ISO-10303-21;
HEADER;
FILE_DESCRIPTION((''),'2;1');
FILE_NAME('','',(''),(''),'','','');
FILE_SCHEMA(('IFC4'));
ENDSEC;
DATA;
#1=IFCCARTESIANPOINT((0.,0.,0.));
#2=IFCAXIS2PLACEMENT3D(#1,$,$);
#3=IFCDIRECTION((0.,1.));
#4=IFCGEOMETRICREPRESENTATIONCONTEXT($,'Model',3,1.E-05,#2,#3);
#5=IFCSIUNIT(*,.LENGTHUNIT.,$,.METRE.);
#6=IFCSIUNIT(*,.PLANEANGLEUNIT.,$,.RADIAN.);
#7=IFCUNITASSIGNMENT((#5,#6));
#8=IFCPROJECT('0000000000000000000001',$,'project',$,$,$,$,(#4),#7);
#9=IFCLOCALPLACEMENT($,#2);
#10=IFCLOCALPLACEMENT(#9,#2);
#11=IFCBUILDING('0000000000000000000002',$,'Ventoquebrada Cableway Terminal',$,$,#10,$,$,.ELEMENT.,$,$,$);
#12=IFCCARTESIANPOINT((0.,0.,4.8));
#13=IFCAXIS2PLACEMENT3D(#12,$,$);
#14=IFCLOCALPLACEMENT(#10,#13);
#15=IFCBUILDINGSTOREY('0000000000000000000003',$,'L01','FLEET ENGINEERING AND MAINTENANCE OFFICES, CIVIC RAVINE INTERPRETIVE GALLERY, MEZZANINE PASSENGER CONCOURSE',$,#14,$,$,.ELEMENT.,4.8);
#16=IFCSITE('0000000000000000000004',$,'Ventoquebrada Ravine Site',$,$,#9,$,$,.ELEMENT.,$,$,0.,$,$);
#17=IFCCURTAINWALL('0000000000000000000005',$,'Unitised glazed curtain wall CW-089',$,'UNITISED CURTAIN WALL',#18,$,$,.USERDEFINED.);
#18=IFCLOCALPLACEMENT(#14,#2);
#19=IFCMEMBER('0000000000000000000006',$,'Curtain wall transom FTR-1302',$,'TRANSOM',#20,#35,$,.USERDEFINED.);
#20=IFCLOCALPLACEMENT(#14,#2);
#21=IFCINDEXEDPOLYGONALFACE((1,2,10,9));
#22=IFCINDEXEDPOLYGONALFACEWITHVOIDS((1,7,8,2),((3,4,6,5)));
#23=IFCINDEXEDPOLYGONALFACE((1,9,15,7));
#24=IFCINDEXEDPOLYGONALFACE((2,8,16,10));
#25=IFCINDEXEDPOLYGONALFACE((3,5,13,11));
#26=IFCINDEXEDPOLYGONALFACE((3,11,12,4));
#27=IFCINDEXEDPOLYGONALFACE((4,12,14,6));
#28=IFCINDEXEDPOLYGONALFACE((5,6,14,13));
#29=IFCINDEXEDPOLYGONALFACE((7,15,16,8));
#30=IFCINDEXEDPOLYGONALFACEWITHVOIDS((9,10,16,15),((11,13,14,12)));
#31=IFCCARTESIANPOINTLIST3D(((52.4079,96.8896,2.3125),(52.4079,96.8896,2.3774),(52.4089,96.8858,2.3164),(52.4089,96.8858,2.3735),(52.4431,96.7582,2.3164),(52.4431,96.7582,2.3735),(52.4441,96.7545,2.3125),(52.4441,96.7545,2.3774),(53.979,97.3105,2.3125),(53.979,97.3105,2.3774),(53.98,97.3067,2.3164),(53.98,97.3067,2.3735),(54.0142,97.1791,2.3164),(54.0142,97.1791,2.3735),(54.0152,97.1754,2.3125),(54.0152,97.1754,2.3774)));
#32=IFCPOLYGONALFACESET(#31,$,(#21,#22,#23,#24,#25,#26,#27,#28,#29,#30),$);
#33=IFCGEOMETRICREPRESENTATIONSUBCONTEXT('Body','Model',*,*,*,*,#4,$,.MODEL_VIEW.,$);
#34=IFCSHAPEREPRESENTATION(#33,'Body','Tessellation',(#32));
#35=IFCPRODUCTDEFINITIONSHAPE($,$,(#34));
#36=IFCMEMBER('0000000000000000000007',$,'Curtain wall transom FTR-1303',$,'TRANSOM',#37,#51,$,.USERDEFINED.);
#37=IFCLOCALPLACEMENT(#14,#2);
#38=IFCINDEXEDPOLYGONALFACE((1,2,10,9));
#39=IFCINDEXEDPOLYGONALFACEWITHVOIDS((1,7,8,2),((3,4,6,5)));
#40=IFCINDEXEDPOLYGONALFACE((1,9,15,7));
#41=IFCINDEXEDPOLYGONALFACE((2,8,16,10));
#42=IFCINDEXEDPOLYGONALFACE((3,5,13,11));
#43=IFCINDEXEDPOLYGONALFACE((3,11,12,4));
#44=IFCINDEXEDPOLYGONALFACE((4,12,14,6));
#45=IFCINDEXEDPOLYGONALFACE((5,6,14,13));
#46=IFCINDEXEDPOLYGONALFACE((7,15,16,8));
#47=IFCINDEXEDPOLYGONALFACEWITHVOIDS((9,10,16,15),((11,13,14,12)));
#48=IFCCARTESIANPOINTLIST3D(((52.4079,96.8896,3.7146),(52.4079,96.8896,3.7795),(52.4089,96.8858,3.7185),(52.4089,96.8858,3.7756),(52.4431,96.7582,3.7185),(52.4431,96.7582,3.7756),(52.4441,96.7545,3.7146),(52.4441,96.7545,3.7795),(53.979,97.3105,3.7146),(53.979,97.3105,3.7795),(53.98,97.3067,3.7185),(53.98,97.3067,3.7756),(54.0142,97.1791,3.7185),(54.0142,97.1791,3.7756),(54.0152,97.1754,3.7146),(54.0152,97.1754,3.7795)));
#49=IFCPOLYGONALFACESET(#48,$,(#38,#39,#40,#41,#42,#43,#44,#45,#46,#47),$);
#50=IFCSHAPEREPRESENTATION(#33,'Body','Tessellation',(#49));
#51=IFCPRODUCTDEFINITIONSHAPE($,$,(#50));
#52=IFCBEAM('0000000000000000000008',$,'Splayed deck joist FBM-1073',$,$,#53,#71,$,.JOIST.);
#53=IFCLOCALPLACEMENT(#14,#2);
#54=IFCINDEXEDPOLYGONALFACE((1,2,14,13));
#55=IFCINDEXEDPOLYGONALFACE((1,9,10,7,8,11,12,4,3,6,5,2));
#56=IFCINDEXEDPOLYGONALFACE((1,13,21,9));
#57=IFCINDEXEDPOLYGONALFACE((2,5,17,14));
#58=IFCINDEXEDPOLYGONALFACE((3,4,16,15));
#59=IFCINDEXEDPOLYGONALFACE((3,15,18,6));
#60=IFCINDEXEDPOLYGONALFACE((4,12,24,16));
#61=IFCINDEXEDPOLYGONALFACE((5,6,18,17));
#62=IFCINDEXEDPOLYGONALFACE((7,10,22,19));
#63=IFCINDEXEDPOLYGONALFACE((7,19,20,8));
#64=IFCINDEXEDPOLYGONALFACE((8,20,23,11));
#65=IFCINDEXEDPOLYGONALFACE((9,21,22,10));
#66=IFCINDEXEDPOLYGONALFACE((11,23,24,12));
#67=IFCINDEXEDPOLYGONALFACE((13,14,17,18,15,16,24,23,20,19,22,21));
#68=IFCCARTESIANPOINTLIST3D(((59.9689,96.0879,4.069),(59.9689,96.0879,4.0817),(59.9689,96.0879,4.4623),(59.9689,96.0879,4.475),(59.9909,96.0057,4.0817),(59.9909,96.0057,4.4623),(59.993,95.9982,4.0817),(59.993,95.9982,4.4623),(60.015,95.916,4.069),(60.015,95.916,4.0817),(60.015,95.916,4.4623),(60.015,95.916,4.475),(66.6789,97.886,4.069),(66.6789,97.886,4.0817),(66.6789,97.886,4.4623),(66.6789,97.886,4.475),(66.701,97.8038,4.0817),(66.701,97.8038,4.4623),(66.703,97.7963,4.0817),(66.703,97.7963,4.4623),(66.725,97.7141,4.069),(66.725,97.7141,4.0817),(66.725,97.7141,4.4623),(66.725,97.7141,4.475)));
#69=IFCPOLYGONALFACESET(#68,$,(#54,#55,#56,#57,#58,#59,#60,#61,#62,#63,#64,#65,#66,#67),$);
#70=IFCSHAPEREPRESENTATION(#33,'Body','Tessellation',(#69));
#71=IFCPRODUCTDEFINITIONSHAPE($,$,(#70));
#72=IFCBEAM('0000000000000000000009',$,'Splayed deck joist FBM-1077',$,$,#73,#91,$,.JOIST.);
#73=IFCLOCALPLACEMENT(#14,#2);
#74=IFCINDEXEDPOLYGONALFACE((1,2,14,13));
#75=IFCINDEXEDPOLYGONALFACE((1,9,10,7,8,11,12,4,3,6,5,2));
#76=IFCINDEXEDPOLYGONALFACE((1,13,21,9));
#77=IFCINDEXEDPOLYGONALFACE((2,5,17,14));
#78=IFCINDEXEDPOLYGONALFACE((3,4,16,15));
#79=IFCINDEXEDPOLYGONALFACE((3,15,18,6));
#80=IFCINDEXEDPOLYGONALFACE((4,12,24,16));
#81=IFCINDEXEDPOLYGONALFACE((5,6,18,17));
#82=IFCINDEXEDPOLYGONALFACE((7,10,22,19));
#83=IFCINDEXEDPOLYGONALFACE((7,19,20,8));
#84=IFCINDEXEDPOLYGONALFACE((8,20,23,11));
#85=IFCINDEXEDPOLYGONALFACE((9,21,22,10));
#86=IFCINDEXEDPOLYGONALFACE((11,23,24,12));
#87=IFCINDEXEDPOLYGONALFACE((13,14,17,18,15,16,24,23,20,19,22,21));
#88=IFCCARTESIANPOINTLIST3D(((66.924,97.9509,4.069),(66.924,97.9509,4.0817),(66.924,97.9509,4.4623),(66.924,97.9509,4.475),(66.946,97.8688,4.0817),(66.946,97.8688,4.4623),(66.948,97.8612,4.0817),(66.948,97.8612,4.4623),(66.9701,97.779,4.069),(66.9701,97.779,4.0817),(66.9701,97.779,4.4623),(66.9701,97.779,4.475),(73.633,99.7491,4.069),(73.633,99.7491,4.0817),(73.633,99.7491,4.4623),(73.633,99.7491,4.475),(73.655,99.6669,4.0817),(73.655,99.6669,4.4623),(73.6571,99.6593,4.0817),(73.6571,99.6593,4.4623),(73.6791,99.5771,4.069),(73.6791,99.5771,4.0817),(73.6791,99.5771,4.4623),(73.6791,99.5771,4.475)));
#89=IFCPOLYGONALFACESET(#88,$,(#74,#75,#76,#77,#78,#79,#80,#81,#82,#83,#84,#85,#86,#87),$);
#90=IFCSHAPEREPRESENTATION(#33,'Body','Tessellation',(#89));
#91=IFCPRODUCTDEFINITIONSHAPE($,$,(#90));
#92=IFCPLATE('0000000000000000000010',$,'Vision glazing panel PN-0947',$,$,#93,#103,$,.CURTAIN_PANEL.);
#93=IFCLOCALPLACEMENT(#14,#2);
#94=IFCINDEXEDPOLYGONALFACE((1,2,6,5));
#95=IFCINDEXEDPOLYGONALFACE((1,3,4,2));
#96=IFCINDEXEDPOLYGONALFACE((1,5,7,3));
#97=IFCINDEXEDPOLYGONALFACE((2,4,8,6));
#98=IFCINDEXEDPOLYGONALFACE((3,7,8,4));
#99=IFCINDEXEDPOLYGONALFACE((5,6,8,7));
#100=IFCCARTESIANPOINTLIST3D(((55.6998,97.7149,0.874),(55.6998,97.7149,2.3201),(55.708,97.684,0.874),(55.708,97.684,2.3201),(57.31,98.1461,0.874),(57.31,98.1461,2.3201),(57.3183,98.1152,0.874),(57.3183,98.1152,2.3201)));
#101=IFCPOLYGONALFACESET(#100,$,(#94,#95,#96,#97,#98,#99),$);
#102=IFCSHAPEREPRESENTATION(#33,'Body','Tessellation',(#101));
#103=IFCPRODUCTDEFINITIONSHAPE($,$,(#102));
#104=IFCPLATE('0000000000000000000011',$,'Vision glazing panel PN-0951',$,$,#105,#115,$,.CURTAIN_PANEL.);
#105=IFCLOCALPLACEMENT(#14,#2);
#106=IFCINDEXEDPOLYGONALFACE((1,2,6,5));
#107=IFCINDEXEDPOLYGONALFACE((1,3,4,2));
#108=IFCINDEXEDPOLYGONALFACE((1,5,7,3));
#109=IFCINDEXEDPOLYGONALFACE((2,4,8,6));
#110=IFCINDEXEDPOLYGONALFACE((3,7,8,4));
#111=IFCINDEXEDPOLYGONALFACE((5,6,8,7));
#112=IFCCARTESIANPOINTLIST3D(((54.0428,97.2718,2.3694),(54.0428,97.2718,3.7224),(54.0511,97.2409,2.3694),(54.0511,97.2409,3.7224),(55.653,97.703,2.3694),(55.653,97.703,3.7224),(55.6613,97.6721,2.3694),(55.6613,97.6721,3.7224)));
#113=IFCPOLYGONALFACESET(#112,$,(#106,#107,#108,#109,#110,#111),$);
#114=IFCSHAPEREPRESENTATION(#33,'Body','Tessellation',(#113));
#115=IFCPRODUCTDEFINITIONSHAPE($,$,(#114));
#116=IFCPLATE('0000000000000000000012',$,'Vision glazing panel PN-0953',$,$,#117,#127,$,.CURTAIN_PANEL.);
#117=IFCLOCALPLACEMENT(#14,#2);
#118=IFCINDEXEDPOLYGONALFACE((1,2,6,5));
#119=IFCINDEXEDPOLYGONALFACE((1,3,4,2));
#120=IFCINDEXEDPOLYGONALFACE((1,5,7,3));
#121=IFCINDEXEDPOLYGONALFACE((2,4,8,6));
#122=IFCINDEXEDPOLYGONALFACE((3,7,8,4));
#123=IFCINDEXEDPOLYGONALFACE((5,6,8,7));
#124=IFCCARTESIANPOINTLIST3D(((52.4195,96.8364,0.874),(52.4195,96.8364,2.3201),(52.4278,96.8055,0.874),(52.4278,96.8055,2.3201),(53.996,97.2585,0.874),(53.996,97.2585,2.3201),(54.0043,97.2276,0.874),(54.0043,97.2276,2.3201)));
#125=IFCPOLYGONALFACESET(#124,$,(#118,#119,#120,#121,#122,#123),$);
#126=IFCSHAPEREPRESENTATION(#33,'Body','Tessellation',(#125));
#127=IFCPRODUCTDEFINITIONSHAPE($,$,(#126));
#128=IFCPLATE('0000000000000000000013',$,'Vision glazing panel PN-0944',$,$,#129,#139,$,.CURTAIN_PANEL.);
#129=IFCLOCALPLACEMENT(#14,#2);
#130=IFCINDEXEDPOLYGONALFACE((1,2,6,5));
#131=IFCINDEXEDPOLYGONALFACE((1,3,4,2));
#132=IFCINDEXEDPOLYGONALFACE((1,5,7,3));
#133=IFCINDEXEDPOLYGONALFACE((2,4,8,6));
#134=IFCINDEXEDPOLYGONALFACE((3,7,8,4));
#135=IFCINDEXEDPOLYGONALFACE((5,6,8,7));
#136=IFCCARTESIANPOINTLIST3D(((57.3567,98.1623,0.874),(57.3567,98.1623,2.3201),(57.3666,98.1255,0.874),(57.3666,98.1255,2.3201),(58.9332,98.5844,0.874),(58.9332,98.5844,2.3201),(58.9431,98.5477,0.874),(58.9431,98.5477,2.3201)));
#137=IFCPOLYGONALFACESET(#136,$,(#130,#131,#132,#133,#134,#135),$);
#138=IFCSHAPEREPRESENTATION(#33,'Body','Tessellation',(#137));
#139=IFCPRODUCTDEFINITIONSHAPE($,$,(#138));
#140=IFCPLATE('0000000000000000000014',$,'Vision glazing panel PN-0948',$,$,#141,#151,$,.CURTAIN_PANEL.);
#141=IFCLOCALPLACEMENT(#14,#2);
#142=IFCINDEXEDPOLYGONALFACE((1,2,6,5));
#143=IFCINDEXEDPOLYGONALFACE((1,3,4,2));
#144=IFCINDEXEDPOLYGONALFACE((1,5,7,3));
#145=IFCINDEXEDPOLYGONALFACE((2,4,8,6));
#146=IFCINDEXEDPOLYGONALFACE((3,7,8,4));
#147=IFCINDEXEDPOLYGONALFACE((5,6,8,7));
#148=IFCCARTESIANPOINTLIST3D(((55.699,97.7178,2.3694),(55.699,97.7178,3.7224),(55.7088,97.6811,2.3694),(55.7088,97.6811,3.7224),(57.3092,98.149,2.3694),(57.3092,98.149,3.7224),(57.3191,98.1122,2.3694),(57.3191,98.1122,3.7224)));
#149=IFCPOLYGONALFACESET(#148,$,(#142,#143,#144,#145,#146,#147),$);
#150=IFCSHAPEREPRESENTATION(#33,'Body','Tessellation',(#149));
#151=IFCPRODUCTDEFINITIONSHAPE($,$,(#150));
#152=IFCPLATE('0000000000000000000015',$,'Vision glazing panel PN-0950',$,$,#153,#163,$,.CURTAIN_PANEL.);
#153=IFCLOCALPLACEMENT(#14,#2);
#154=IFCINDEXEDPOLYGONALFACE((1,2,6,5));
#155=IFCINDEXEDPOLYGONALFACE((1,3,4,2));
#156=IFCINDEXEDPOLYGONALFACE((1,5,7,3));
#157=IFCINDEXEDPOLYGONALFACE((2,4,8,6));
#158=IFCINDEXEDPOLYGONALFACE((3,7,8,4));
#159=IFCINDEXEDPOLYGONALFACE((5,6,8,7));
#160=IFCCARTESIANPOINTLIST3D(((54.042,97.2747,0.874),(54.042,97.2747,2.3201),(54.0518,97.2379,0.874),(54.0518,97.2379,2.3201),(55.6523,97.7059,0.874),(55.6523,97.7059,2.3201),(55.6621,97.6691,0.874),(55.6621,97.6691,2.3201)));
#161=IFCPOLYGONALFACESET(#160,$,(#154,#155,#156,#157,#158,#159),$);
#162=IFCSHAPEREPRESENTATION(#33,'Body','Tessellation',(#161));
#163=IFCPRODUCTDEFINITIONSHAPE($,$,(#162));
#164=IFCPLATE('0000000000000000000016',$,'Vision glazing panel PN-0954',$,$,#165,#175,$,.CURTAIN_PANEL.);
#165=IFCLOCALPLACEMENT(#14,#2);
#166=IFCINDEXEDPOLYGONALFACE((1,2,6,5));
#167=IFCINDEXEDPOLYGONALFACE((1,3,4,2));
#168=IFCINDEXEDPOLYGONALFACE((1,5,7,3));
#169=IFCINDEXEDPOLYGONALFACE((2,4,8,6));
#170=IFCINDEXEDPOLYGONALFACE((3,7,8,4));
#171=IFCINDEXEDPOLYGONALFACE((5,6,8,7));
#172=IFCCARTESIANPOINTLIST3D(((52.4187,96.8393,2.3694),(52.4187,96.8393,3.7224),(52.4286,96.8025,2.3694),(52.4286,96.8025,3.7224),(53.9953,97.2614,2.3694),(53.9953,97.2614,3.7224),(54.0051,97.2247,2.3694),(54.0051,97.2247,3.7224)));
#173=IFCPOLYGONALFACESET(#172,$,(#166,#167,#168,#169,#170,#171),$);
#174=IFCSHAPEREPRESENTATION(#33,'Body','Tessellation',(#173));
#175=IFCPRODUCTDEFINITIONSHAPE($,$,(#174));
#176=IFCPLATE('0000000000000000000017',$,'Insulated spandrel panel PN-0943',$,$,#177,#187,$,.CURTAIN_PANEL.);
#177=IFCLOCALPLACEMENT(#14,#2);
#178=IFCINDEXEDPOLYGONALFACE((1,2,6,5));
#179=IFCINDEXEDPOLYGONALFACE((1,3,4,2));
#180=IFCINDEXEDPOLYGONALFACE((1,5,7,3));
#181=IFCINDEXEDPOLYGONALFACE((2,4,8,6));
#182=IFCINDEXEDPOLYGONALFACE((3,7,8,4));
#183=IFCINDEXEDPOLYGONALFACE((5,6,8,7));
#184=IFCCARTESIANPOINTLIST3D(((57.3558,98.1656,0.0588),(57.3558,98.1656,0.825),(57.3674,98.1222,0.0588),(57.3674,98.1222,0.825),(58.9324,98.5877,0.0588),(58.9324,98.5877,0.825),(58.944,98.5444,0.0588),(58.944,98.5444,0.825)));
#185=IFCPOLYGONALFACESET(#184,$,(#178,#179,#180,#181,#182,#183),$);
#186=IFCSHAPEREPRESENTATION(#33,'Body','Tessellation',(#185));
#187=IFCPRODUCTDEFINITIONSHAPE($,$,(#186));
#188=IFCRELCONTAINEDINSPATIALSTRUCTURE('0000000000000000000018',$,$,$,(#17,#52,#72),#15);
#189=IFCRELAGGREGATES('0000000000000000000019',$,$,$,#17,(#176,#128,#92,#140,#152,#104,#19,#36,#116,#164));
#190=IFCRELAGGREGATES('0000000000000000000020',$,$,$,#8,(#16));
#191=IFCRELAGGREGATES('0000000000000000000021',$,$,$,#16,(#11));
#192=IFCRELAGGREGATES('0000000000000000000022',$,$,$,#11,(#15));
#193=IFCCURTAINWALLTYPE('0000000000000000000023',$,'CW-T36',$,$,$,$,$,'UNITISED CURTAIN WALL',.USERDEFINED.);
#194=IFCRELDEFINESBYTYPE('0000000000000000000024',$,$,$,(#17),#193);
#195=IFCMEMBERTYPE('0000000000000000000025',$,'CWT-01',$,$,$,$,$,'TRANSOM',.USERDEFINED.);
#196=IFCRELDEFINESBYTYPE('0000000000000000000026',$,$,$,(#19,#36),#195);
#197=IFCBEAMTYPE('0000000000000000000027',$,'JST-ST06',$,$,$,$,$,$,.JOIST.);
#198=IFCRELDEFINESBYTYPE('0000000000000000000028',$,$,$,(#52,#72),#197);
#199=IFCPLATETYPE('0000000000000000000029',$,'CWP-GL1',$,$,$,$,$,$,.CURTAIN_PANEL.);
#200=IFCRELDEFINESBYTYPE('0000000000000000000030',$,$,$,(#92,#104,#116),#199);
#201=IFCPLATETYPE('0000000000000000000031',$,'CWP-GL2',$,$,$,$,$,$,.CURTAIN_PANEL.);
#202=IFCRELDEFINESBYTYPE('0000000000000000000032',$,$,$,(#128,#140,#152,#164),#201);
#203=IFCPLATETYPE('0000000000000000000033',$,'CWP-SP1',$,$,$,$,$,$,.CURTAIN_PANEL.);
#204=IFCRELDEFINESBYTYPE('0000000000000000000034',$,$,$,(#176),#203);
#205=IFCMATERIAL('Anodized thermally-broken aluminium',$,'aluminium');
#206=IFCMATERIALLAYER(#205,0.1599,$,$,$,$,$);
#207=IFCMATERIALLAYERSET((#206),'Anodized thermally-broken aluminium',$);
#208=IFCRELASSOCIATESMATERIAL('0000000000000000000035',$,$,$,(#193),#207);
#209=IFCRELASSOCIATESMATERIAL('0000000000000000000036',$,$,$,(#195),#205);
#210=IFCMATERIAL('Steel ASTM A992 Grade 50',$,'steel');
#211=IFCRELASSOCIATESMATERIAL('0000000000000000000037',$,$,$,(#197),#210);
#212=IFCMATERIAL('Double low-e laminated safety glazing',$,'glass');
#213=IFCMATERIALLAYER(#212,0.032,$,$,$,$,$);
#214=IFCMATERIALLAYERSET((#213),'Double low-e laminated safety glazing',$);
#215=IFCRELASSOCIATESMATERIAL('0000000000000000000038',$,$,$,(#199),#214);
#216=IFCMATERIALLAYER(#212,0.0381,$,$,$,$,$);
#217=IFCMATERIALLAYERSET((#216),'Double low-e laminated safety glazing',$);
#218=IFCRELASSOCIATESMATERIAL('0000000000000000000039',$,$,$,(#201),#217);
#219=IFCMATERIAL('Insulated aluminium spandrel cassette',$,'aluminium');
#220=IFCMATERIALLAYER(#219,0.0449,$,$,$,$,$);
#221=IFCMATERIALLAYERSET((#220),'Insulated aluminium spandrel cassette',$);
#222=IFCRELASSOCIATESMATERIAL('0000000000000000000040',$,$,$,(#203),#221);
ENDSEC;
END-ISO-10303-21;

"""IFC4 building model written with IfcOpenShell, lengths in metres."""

from ifc_helpers import new_model, si_unit, direction, frame, origin, origin_2d, place, context, subcontext, project, spatial, rectangle, hollow_rectangle, i_section, extrude, material, layer, layer_set, material_profile, profile_set, type_object, element, aggregate, save


model = new_model("IFC4")

# Units and contexts
model_context = context("Model", 3, precision=1e-05, world=origin(), true_north=direction((0.0, 1.0)))
body_context = subcontext(model_context, "Body", "Model", "MODEL_VIEW")
ifc_project = project(units=[si_unit("LENGTHUNIT", "METRE"), si_unit("PLANEANGLEUNIT", "RADIAN")], contexts=[model_context])

# Site, building, storey
site_placement = place(None, origin())
site = spatial("IfcSite", under=ifc_project, at=site_placement, Name="Ventoquebrada Ravine Site", CompositionType="ELEMENT", RefElevation=0.0)
building_placement = place(site_placement, origin())
building = spatial("IfcBuilding", under=site, at=building_placement, Name="Ventoquebrada Cableway Terminal", CompositionType="ELEMENT")
storey_placement = place(building_placement, frame((0.0, 0.0, 4.8)))
storey = spatial("IfcBuildingStorey", under=building, at=storey_placement, Name="L01", Description="FLEET ENGINEERING AND MAINTENANCE OFFICES, CIVIC RAVINE INTERPRETIVE GALLERY, MEZZANINE PASSENGER CONCOURSE", CompositionType="ELEMENT", Elevation=4.8)

# Shared definitions
ifc_material_1 = material(Name="Steel ASTM A992 Grade 50", Category="steel")

# Shared definitions
ifc_material_2 = material(Name="Anodized thermally-broken aluminium", Category="aluminium")

# Curtain wall
ifc_layer_1 = layer(ifc_material_2, 0.1599)
ifc_layer_set_1 = layer_set([ifc_layer_1], Name="Anodized thermally-broken aluminium")
curtain_wall_type_1 = type_object("IfcCurtainWallType", Name="CW-T36", ElementType="UNITISED CURTAIN WALL", PredefinedType="USERDEFINED", material=ifc_layer_set_1)
curtain_wall_1_placement = place(storey_placement, origin())
curtain_wall_1 = element("IfcCurtainWall", 1, at=curtain_wall_1_placement, inside=storey, type_object=curtain_wall_type_1, Name="Unitised glazed curtain wall CW-089", ObjectType="UNITISED CURTAIN WALL", PredefinedType="USERDEFINED")

# Members
ifc_material_profile_1 = material_profile(ifc_material_2, hollow_rectangle(XDim=0.0649, YDim=0.1399, WallThickness=0.0039, at=origin_2d()), Name="CW-TRN-65X140")
ifc_profile_set_1 = profile_set([ifc_material_profile_1], Name="Anodized thermally-broken aluminium")
member_type_1 = type_object("IfcMemberType", Name="CWT-01", ElementType="TRANSOM", PredefinedType="USERDEFINED", material=ifc_profile_set_1)
member_1_placement = place(storey_placement, frame((53.9971, 97.2429, 2.345), z_axis=(-0.965935, -0.258784, 0.0), x_axis=(0.0, 0.0, 1.0)))
member_1 = element("IfcMember", 2, at=member_1_placement, type_object=member_type_1, Name="Curtain wall transom FTR-1302", ObjectType="TRANSOM", PredefinedType="USERDEFINED", context=body_context, shape_type="SweptSolid", body=[
    extrude(hollow_rectangle(XDim=0.0649, YDim=0.1399, WallThickness=0.0039, at=origin_2d()), origin(), (0.0, 0.0, 1.0), 1.6265),
])
member_2_placement = place(storey_placement, frame((53.9971, 97.2429, 3.7471), z_axis=(-0.965935, -0.258784, 0.0), x_axis=(0.0, 0.0, 1.0)))
member_2 = element("IfcMember", 3, at=member_2_placement, type_object=member_type_1, Name="Curtain wall transom FTR-1303", ObjectType="TRANSOM", PredefinedType="USERDEFINED", context=body_context, shape_type="SweptSolid", body=[
    extrude(hollow_rectangle(XDim=0.0649, YDim=0.1399, WallThickness=0.0039, at=origin_2d()), origin(), (0.0, 0.0, 1.0), 1.6265),
])

# Beams
ifc_material_profile_2 = material_profile(ifc_material_1, i_section(OverallWidth=0.178, OverallDepth=0.406, WebThickness=0.0078, FlangeThickness=0.0127, at=origin_2d()), Name="W16X40")
ifc_profile_set_2 = profile_set([ifc_material_profile_2], Name="Steel ASTM A992 Grade 50")
beam_type_1 = type_object("IfcBeamType", Name="JST-ST06", PredefinedType="JOIST", material=ifc_profile_set_2)
beam_1_placement = place(storey_placement, frame((59.9919, 96.002, 4.272), z_axis=(0.96592, 0.258841, 0.0), x_axis=(-0.258841, 0.96592, 0.0)))
element("IfcBeam", 4, at=beam_1_placement, inside=storey, type_object=beam_type_1, Name="Splayed deck joist FBM-1073", PredefinedType="JOIST", context=body_context, shape_type="SweptSolid", body=[
    extrude(i_section(OverallWidth=0.178, OverallDepth=0.406, WebThickness=0.0078, FlangeThickness=0.0127, at=origin_2d()), origin(), (0.0, 0.0, 1.0), 6.9468),
])
beam_2_placement = place(storey_placement, frame((66.947, 97.865, 4.272), z_axis=(0.96591, 0.258877, 0.0), x_axis=(-0.258877, 0.96591, 0.0)))
element("IfcBeam", 5, at=beam_2_placement, inside=storey, type_object=beam_type_1, Name="Splayed deck joist FBM-1077", PredefinedType="JOIST", context=body_context, shape_type="SweptSolid", body=[
    extrude(i_section(OverallWidth=0.178, OverallDepth=0.406, WebThickness=0.0078, FlangeThickness=0.0127, at=origin_2d()), origin(), (0.0, 0.0, 1.0), 6.9458),
])

# Plates
ifc_material_3 = material(Name="Double low-e laminated safety glazing", Category="glass")
ifc_layer_2 = layer(ifc_material_3, 0.032)
ifc_layer_set_2 = layer_set([ifc_layer_2], Name="Double low-e laminated safety glazing")
plate_type_1 = type_object("IfcPlateType", Name="CWP-GL1", PredefinedType="CURTAIN_PANEL", material=ifc_layer_set_2)
plate_1_placement = place(storey_placement, frame((56.509, 97.915, 0.874), z_axis=(0.0, 0.0, 1.0), x_axis=(-0.965971, -0.25865, 0.0)))
plate_1 = element("IfcPlate", 6, at=plate_1_placement, type_object=plate_type_1, Name="Vision glazing panel PN-0947", PredefinedType="CURTAIN_PANEL", context=body_context, shape_type="SweptSolid", body=[
    extrude(rectangle(XDim=1.667, YDim=0.032, at=origin_2d()), origin(), (0.0, 0.0, 1.0), 1.446),
])
plate_2_placement = place(storey_placement, frame((54.8521, 97.4719, 2.3694), z_axis=(0.0, 0.0, 1.0), x_axis=(-0.965971, -0.25865, 0.0)))
plate_2 = element("IfcPlate", 7, at=plate_2_placement, type_object=plate_type_1, Name="Vision glazing panel PN-0951", PredefinedType="CURTAIN_PANEL", context=body_context, shape_type="SweptSolid", body=[
    extrude(rectangle(XDim=1.667, YDim=0.032, at=origin_2d()), origin(), (0.0, 0.0, 1.0), 1.353),
])
plate_3_placement = place(storey_placement, frame((53.2119, 97.032, 0.874), z_axis=(0.0, 0.0, 1.0), x_axis=(-0.965971, -0.25865, 0.0)))
plate_3 = element("IfcPlate", 8, at=plate_3_placement, type_object=plate_type_1, Name="Vision glazing panel PN-0953", PredefinedType="CURTAIN_PANEL", context=body_context, shape_type="SweptSolid", body=[
    extrude(rectangle(XDim=1.6321, YDim=0.032, at=origin_2d()), origin(), (0.0, 0.0, 1.0), 1.446),
])
ifc_layer_3 = layer(ifc_material_3, 0.0381)
ifc_layer_set_3 = layer_set([ifc_layer_3], Name="Double low-e laminated safety glazing")
plate_type_2 = type_object("IfcPlateType", Name="CWP-GL2", PredefinedType="CURTAIN_PANEL", material=ifc_layer_set_3)
plate_4_placement = place(storey_placement, frame((58.1499, 98.355, 0.874), z_axis=(0.0, 0.0, 1.0), x_axis=(-0.965971, -0.25865, 0.0)))
plate_4 = element("IfcPlate", 9, at=plate_4_placement, type_object=plate_type_2, Name="Vision glazing panel PN-0944", PredefinedType="CURTAIN_PANEL", context=body_context, shape_type="SweptSolid", body=[
    extrude(rectangle(XDim=1.6321, YDim=0.0381, at=origin_2d()), origin(), (0.0, 0.0, 1.0), 1.446),
])
plate_5_placement = place(storey_placement, frame((56.509, 97.915, 2.3694), z_axis=(0.0, 0.0, 1.0), x_axis=(-0.965971, -0.25865, 0.0)))
plate_5 = element("IfcPlate", 10, at=plate_5_placement, type_object=plate_type_2, Name="Vision glazing panel PN-0948", PredefinedType="CURTAIN_PANEL", context=body_context, shape_type="SweptSolid", body=[
    extrude(rectangle(XDim=1.667, YDim=0.0381, at=origin_2d()), origin(), (0.0, 0.0, 1.0), 1.353),
])
plate_6_placement = place(storey_placement, frame((54.8521, 97.4719, 0.874), z_axis=(0.0, 0.0, 1.0), x_axis=(-0.965971, -0.25865, 0.0)))
plate_6 = element("IfcPlate", 11, at=plate_6_placement, type_object=plate_type_2, Name="Vision glazing panel PN-0950", PredefinedType="CURTAIN_PANEL", context=body_context, shape_type="SweptSolid", body=[
    extrude(rectangle(XDim=1.667, YDim=0.0381, at=origin_2d()), origin(), (0.0, 0.0, 1.0), 1.446),
])
plate_7_placement = place(storey_placement, frame((53.2119, 97.032, 2.3694), z_axis=(0.0, 0.0, 1.0), x_axis=(-0.965971, -0.25865, 0.0)))
plate_7 = element("IfcPlate", 12, at=plate_7_placement, type_object=plate_type_2, Name="Vision glazing panel PN-0954", PredefinedType="CURTAIN_PANEL", context=body_context, shape_type="SweptSolid", body=[
    extrude(rectangle(XDim=1.6321, YDim=0.0381, at=origin_2d()), origin(), (0.0, 0.0, 1.0), 1.353),
])
ifc_material_4 = material(Name="Insulated aluminium spandrel cassette", Category="aluminium")
ifc_layer_4 = layer(ifc_material_4, 0.0449)
ifc_layer_set_4 = layer_set([ifc_layer_4], Name="Insulated aluminium spandrel cassette")
plate_type_3 = type_object("IfcPlateType", Name="CWP-SP1", PredefinedType="CURTAIN_PANEL", material=ifc_layer_set_4)
plate_8_placement = place(storey_placement, frame((58.1499, 98.355, 0.0588), z_axis=(0.0, 0.0, 1.0), x_axis=(-0.965971, -0.25865, 0.0)))
plate_8 = element("IfcPlate", 13, at=plate_8_placement, type_object=plate_type_3, Name="Insulated spandrel panel PN-0943", PredefinedType="CURTAIN_PANEL", context=body_context, shape_type="SweptSolid", body=[
    extrude(rectangle(XDim=1.6321, YDim=0.0449, at=origin_2d()), origin(), (0.0, 0.0, 1.0), 0.7661),
])
aggregate(curtain_wall_1, [plate_8, plate_4, plate_1, plate_5, plate_6, plate_2, member_1, member_2, plate_3, plate_7])

save(model, "model.ifc")
